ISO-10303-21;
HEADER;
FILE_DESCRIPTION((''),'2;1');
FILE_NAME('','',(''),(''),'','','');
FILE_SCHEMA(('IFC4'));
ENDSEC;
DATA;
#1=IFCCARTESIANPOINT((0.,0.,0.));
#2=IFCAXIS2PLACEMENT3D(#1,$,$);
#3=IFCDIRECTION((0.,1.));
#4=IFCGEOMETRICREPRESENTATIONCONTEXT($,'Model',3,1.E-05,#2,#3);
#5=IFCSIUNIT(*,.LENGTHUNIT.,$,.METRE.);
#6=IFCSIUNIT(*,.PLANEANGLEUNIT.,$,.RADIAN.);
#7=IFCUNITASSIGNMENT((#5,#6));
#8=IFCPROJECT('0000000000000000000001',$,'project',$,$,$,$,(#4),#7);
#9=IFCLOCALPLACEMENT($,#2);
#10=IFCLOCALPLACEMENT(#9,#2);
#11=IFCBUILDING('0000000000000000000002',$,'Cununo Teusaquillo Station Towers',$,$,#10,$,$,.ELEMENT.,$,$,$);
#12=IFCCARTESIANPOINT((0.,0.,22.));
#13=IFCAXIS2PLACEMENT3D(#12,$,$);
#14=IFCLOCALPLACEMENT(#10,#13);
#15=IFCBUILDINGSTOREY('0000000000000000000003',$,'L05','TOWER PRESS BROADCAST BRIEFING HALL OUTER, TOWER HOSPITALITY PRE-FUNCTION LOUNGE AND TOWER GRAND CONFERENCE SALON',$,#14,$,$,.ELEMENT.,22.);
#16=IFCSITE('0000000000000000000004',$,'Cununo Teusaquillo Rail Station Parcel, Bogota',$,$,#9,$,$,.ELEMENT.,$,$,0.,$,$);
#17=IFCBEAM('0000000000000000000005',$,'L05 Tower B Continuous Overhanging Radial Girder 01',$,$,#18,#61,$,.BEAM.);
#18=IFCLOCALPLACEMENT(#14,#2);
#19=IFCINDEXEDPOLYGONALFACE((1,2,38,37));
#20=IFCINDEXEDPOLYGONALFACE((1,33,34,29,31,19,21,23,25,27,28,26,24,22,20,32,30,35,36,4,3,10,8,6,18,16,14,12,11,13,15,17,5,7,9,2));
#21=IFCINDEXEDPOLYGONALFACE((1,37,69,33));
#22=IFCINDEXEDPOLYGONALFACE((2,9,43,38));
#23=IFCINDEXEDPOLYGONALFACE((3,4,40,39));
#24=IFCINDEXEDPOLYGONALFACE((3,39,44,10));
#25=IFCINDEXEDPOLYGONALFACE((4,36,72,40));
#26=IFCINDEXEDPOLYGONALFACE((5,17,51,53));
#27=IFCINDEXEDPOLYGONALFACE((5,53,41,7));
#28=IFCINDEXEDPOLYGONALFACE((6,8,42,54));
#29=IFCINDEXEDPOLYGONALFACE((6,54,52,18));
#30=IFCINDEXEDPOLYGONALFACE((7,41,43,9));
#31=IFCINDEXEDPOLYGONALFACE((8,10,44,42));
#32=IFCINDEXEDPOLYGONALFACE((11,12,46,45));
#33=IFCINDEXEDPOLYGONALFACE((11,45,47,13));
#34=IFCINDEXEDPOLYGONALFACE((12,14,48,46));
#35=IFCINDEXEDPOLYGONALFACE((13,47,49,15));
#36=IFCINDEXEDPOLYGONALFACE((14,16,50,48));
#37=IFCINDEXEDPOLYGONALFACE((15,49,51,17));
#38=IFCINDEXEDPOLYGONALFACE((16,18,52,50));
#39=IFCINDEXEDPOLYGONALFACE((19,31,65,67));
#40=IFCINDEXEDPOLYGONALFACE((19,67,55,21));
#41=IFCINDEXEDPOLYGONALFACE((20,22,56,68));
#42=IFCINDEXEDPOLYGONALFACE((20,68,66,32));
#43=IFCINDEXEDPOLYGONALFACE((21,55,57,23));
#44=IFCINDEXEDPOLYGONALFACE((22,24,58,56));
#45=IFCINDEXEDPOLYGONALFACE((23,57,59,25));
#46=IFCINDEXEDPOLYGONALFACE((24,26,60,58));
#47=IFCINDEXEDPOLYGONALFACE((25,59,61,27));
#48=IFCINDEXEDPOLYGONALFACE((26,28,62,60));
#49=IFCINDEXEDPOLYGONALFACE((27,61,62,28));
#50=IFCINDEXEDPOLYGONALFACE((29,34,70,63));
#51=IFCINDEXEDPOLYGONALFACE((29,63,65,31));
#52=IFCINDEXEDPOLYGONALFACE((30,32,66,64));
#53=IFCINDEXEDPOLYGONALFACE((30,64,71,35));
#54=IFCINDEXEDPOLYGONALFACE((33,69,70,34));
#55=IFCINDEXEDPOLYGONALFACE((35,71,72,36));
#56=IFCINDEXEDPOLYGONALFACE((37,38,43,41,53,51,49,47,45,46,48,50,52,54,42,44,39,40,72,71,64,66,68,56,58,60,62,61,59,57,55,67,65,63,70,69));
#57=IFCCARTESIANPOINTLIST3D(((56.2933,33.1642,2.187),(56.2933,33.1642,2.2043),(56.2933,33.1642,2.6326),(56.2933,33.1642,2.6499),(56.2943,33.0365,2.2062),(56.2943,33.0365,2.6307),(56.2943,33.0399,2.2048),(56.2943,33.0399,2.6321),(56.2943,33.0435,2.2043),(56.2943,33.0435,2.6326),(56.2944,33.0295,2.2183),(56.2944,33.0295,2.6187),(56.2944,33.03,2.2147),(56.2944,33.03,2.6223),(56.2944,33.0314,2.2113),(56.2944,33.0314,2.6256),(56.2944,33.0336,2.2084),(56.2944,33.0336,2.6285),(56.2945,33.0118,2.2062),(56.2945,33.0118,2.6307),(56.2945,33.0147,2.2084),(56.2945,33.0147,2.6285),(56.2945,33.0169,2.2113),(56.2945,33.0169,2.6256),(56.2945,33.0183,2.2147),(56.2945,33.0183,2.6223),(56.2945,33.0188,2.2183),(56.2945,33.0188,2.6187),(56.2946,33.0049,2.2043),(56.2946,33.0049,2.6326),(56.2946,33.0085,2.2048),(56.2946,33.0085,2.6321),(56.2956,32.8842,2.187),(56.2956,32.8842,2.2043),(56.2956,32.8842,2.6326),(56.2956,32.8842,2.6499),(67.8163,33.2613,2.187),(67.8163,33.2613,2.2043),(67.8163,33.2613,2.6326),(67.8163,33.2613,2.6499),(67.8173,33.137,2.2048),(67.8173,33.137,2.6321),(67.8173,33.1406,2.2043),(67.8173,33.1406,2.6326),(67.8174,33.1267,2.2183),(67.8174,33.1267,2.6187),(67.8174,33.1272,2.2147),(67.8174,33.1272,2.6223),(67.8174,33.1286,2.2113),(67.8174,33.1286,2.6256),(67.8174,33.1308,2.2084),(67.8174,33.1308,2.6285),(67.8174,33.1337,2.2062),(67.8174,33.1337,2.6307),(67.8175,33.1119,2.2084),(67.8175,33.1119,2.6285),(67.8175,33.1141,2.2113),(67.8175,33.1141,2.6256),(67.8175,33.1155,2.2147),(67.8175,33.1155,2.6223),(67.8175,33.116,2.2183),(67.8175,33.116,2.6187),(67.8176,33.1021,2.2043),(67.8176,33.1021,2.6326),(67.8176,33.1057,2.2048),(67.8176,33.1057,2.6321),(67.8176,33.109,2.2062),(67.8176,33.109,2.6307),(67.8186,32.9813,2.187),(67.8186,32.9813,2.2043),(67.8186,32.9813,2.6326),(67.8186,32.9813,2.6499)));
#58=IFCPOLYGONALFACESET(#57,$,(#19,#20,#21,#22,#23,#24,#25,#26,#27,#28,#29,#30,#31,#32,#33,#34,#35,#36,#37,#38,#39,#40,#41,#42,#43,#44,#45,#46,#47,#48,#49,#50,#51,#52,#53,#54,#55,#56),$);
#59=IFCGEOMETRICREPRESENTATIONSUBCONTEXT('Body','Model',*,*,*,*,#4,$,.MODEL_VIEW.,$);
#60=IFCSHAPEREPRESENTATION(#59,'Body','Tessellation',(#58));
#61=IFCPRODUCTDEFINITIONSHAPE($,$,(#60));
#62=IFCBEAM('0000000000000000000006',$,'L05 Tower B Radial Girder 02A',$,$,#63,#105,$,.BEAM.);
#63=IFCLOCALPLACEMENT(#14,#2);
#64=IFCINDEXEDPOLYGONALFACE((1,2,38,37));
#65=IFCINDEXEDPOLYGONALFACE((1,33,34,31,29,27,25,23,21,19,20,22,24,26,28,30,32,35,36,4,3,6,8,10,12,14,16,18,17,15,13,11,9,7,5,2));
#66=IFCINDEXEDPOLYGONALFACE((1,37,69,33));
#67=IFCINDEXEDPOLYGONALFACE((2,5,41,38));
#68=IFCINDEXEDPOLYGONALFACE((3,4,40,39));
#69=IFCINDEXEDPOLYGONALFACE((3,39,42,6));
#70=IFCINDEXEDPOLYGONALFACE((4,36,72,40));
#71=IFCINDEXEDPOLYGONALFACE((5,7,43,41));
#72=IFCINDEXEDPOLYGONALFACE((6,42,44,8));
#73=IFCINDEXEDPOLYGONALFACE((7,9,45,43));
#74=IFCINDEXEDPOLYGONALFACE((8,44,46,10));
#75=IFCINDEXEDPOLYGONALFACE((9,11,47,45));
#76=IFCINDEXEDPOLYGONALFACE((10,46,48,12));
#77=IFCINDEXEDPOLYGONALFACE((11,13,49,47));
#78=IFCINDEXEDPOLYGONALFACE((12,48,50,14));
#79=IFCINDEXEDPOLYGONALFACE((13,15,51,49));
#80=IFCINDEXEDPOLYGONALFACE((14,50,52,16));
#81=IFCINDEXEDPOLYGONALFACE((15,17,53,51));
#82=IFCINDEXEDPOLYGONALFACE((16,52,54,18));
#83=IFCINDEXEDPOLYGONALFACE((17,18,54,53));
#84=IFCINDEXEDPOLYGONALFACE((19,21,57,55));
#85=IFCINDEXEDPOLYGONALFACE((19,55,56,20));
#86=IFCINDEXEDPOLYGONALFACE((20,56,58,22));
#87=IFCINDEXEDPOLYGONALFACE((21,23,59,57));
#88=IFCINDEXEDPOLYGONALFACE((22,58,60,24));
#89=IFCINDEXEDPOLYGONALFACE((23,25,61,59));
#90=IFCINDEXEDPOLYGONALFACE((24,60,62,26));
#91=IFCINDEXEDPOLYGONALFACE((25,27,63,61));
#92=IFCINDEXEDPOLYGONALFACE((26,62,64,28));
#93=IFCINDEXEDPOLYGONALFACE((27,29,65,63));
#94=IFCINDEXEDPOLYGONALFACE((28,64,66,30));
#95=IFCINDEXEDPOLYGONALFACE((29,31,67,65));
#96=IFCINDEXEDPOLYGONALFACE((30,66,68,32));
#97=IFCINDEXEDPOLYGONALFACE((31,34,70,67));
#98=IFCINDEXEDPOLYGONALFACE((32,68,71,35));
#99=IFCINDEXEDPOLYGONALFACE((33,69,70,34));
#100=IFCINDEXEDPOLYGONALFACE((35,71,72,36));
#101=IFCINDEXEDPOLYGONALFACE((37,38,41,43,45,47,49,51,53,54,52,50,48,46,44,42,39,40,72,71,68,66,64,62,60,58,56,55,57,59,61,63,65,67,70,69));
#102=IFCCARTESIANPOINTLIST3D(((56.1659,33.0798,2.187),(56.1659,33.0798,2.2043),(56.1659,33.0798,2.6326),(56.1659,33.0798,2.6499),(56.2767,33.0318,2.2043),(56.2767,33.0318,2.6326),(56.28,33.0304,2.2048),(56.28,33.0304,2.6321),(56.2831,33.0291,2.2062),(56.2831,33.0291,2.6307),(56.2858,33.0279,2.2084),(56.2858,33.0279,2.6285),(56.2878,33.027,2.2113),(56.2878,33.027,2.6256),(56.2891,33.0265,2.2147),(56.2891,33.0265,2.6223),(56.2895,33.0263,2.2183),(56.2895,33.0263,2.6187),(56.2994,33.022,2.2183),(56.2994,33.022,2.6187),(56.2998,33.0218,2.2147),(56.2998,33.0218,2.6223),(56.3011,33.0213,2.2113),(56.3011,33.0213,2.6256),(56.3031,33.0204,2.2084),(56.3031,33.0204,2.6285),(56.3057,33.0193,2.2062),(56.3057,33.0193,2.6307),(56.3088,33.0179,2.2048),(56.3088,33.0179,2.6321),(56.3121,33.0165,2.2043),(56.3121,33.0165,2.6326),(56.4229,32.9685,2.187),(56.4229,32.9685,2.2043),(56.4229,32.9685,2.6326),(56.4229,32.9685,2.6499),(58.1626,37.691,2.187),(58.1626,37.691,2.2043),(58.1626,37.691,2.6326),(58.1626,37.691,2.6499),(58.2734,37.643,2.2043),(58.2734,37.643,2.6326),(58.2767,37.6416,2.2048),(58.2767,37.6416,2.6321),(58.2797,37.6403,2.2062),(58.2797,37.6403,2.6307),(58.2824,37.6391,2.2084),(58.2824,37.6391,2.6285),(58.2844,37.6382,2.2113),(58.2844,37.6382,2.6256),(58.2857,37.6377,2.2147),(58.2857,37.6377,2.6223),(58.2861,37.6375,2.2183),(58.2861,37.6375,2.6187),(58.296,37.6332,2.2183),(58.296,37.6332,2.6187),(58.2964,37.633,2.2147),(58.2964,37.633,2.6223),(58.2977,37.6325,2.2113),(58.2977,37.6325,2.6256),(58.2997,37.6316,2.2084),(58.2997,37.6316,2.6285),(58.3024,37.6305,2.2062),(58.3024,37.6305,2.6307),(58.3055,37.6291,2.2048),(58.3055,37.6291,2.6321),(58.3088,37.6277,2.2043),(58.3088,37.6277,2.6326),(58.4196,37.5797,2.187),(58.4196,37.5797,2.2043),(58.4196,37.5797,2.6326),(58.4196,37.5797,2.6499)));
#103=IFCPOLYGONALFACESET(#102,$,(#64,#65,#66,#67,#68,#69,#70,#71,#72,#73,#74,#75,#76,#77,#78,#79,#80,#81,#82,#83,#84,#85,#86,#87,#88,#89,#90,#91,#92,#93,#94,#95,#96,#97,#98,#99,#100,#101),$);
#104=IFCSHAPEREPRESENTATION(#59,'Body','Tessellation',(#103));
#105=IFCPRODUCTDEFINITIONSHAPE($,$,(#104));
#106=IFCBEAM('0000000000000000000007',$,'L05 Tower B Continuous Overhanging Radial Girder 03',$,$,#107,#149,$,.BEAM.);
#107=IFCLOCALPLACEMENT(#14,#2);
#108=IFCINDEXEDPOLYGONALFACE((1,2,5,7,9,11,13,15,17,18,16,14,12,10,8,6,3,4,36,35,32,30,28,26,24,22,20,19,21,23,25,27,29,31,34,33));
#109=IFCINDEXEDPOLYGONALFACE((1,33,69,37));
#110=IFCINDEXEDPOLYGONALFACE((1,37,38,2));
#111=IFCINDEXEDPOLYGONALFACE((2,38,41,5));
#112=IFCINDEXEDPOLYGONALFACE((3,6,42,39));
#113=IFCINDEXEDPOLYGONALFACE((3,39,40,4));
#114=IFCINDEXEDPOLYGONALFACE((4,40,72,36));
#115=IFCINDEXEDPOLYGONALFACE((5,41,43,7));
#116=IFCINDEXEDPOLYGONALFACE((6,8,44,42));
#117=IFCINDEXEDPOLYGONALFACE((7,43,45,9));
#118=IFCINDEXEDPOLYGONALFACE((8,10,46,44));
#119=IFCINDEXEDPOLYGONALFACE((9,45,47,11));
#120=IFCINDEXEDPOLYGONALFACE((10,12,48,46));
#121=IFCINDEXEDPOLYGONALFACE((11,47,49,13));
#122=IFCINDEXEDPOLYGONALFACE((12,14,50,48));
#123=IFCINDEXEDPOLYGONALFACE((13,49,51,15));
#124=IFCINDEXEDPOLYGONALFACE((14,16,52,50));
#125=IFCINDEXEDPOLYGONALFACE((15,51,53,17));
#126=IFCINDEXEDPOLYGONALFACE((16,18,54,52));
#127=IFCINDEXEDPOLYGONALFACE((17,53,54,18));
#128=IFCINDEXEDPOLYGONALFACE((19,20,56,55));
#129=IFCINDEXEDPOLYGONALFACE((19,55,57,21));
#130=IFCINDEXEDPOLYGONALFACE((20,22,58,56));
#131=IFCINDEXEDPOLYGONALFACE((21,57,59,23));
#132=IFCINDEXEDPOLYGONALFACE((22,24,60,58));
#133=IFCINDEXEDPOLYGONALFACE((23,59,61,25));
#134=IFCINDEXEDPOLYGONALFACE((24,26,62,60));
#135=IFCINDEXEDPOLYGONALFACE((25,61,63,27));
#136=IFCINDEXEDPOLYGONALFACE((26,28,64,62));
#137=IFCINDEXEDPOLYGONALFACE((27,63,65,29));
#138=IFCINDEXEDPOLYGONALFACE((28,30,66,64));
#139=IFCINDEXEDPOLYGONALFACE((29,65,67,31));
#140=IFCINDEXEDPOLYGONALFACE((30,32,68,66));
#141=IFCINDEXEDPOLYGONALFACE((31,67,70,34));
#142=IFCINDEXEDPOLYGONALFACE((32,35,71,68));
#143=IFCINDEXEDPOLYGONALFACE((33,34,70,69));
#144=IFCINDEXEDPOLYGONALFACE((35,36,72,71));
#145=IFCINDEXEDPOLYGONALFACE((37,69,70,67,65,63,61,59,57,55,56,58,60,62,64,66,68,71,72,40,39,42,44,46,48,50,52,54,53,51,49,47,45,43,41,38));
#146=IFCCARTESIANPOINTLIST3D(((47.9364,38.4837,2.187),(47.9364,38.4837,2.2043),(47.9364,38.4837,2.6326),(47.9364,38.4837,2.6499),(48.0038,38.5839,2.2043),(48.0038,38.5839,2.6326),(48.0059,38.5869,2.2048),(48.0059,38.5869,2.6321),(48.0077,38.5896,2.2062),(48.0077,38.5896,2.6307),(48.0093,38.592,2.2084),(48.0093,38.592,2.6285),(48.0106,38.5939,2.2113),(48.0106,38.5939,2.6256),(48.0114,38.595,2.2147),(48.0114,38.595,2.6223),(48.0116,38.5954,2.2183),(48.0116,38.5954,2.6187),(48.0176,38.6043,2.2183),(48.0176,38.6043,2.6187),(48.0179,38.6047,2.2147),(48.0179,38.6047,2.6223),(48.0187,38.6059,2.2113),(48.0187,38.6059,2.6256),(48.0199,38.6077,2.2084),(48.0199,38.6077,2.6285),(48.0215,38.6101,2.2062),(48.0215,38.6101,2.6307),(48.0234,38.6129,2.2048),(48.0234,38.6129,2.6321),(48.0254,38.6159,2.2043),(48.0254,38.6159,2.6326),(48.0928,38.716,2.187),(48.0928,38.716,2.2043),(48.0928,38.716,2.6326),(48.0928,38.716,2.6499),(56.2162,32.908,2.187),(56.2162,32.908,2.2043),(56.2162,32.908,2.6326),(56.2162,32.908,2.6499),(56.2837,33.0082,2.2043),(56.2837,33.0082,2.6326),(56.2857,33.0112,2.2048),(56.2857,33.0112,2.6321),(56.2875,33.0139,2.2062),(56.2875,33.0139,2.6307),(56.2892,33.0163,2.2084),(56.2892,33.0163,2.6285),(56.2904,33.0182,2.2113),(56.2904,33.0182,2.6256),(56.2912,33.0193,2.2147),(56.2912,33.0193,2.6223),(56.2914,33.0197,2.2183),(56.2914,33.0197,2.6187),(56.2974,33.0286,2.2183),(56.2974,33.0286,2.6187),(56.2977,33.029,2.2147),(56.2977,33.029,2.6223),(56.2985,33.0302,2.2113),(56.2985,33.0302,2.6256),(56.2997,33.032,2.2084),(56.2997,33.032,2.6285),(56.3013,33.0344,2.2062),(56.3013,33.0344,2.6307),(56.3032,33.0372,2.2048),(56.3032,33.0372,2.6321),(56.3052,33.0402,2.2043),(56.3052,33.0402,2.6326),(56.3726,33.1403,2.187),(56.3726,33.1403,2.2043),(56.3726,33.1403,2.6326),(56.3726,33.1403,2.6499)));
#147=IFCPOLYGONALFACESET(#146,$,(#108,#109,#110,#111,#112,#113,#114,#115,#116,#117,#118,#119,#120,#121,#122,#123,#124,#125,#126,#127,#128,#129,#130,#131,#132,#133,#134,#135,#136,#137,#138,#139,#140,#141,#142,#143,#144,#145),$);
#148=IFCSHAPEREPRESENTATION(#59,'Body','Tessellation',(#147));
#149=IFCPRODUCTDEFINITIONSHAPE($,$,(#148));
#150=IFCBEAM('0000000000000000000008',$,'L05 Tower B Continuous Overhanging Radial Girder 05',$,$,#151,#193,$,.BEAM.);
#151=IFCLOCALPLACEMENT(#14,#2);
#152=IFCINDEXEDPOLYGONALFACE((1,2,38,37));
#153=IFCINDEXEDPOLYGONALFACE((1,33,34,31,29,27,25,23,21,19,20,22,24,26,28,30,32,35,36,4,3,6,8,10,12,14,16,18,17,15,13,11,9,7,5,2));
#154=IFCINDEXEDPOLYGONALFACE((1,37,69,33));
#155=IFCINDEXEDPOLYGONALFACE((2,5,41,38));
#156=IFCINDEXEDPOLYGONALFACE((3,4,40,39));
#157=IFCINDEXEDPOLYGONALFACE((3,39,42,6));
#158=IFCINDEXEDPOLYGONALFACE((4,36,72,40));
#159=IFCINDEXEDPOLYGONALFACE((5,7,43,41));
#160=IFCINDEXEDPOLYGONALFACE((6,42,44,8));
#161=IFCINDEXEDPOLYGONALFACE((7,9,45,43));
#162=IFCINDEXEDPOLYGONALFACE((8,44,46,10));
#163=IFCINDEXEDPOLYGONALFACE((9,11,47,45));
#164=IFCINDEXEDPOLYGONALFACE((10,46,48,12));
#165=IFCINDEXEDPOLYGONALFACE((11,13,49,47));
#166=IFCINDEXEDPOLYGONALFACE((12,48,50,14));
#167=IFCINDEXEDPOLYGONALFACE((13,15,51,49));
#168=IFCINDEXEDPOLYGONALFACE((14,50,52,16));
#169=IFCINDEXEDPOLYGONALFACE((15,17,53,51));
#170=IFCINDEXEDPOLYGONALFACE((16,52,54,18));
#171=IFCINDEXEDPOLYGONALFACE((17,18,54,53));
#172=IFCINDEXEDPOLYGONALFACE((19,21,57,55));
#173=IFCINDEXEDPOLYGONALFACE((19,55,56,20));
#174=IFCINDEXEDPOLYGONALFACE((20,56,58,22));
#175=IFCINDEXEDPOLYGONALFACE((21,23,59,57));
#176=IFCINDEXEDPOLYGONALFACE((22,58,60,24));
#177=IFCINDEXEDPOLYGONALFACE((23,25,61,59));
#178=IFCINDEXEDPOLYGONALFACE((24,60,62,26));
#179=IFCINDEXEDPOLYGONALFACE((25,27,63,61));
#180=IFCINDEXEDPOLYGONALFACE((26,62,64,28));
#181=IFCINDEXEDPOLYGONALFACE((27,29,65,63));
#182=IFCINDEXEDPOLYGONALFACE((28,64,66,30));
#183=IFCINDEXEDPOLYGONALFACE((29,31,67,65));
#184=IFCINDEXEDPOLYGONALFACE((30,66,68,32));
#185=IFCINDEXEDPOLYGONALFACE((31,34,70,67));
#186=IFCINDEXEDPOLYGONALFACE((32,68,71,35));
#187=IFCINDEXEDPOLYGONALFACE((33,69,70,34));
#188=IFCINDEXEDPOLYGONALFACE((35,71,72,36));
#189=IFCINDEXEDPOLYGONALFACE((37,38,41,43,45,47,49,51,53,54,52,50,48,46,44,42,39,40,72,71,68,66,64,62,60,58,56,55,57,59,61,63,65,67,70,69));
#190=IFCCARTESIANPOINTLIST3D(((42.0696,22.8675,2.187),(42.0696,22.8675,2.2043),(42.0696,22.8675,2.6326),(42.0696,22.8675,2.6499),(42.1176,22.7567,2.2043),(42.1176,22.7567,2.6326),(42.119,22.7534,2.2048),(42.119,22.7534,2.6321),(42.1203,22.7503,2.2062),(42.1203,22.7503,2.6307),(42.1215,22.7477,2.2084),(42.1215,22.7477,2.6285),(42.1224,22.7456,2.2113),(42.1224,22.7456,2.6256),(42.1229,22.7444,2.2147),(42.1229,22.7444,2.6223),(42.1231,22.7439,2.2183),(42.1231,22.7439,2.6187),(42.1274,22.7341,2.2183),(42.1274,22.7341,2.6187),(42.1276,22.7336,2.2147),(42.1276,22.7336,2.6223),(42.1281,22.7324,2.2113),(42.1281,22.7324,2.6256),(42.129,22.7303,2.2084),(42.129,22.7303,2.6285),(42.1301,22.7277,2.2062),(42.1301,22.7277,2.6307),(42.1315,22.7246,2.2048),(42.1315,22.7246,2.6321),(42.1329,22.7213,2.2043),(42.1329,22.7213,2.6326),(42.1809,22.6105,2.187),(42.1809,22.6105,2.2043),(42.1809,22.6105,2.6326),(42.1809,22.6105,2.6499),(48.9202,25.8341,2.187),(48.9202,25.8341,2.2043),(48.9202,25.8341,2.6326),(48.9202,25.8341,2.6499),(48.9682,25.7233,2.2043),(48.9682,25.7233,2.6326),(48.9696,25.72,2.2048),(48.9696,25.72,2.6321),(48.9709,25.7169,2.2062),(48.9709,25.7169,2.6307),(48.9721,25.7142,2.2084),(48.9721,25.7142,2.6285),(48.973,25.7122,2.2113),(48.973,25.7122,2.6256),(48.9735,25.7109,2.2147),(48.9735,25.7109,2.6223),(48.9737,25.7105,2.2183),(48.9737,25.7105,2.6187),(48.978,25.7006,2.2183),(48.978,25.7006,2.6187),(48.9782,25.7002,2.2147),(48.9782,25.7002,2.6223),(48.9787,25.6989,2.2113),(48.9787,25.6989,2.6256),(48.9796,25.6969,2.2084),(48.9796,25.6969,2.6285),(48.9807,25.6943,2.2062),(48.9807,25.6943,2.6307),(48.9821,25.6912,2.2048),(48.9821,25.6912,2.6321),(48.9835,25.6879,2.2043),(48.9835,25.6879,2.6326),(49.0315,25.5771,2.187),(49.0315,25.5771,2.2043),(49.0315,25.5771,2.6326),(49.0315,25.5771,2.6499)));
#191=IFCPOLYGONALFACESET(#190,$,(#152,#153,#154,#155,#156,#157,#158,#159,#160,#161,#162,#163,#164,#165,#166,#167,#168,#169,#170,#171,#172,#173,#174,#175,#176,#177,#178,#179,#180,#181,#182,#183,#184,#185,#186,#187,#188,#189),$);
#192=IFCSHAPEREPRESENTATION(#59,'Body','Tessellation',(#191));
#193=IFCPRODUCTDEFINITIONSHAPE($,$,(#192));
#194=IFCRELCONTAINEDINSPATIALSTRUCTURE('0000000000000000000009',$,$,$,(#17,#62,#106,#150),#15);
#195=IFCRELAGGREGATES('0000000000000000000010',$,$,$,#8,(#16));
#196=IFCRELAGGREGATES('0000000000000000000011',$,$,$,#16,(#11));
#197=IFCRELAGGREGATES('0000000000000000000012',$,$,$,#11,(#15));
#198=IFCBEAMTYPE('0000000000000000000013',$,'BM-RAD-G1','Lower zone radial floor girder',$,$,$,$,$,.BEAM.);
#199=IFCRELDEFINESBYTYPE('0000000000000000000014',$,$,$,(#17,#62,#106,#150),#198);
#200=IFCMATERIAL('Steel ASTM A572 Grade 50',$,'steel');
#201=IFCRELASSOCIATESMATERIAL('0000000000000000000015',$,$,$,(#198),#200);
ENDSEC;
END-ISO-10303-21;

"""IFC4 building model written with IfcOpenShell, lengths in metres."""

from ifc_helpers import new_model, si_unit, direction, frame, origin, origin_2d, place, context, subcontext, project, spatial, i_section, extrude, material, material_profile, profile_set, type_object, element, save


model = new_model("IFC4")

# Units and contexts
model_context = context("Model", 3, precision=1e-05, world=origin(), true_north=direction((0.0, 1.0)))
body_context = subcontext(model_context, "Body", "Model", "MODEL_VIEW")
ifc_project = project(units=[si_unit("LENGTHUNIT", "METRE"), si_unit("PLANEANGLEUNIT", "RADIAN")], contexts=[model_context])

# Site, building, storey
site_placement = place(None, origin())
site = spatial("IfcSite", under=ifc_project, at=site_placement, Name="Cununo Teusaquillo Rail Station Parcel, Bogota", CompositionType="ELEMENT", RefElevation=0.0)
building_placement = place(site_placement, origin())
building = spatial("IfcBuilding", under=site, at=building_placement, Name="Cununo Teusaquillo Station Towers", CompositionType="ELEMENT")
storey_placement = place(building_placement, frame((0.0, 0.0, 22.0)))
storey = spatial("IfcBuildingStorey", under=building, at=storey_placement, Name="L05", Description="TOWER PRESS BROADCAST BRIEFING HALL OUTER, TOWER HOSPITALITY PRE-FUNCTION LOUNGE AND TOWER GRAND CONFERENCE SALON", CompositionType="ELEMENT", Elevation=22.0)

# Beams
ifc_material_1 = material(Name="Steel ASTM A572 Grade 50", Category="steel")
ifc_material_profile_1 = material_profile(ifc_material_1, i_section(OverallWidth=0.28, OverallDepth=0.4629, WebThickness=0.0107, FlangeThickness=0.0173, FilletRadius=0.0139, at=origin_2d()), Name="W18X76")
ifc_profile_set_1 = profile_set([ifc_material_profile_1], Name="Steel ASTM A572 Grade 50")
beam_type_1 = type_object("IfcBeamType", Name="BM-RAD-G1", Description="Lower zone radial floor girder", PredefinedType="BEAM", material=ifc_profile_set_1)
beam_1_placement = place(storey_placement, frame((56.2944, 33.0242, 2.4185), z_axis=(0.999964, 0.008432, 0.0), x_axis=(-0.008432, 0.999964, 0.0)))
element("IfcBeam", 1, at=beam_1_placement, inside=storey, type_object=beam_type_1, Name="L05 Tower B Continuous Overhanging Radial Girder 01", PredefinedType="BEAM", context=body_context, shape_type="SweptSolid", body=[
    extrude(i_section(OverallWidth=0.28, OverallDepth=0.4629, WebThickness=0.0107, FlangeThickness=0.0173, FilletRadius=0.0139, at=origin_2d()), origin(), (0.0, 0.0, 1.0), 11.5234),
])
beam_2_placement = place(storey_placement, frame((56.2944, 33.0242, 2.4185), z_axis=(0.397347, 0.917668, 0.0), x_axis=(-0.917668, 0.397347, 0.0)))
element("IfcBeam", 2, at=beam_2_placement, inside=storey, type_object=beam_type_1, Name="L05 Tower B Radial Girder 02A", PredefinedType="BEAM", context=body_context, shape_type="SweptSolid", body=[
    extrude(i_section(OverallWidth=0.28, OverallDepth=0.4629, WebThickness=0.0107, FlangeThickness=0.0173, FilletRadius=0.0139, at=origin_2d()), origin(), (0.0, 0.0, 1.0), 5.0249),
])
beam_3_placement = place(storey_placement, frame((56.2944, 33.0242, 2.4185), z_axis=(-0.82946, 0.558566, 0.0), x_axis=(-0.558566, -0.82946, 0.0)))
element("IfcBeam", 3, at=beam_3_placement, inside=storey, type_object=beam_type_1, Name="L05 Tower B Continuous Overhanging Radial Girder 03", PredefinedType="BEAM", context=body_context, shape_type="SweptSolid", body=[
    extrude(i_section(OverallWidth=0.28, OverallDepth=0.4629, WebThickness=0.0107, FlangeThickness=0.0173, FilletRadius=0.0139, at=origin_2d()), origin(), (0.0, 0.0, 1.0), 9.9822),
])
beam_4_placement = place(storey_placement, frame((48.9758, 25.7056, 2.4185), z_axis=(-0.917655, -0.397378, 0.0), x_axis=(0.397378, -0.917655, 0.0)))
element("IfcBeam", 4, at=beam_4_placement, inside=storey, type_object=beam_type_1, Name="L05 Tower B Continuous Overhanging Radial Girder 05", PredefinedType="BEAM", context=body_context, shape_type="SweptSolid", body=[
    extrude(i_section(OverallWidth=0.28, OverallDepth=0.4629, WebThickness=0.0107, FlangeThickness=0.0173, FilletRadius=0.0139, at=origin_2d()), origin(), (0.0, 0.0, 1.0), 7.4653),
])

save(model, "model.ifc")
